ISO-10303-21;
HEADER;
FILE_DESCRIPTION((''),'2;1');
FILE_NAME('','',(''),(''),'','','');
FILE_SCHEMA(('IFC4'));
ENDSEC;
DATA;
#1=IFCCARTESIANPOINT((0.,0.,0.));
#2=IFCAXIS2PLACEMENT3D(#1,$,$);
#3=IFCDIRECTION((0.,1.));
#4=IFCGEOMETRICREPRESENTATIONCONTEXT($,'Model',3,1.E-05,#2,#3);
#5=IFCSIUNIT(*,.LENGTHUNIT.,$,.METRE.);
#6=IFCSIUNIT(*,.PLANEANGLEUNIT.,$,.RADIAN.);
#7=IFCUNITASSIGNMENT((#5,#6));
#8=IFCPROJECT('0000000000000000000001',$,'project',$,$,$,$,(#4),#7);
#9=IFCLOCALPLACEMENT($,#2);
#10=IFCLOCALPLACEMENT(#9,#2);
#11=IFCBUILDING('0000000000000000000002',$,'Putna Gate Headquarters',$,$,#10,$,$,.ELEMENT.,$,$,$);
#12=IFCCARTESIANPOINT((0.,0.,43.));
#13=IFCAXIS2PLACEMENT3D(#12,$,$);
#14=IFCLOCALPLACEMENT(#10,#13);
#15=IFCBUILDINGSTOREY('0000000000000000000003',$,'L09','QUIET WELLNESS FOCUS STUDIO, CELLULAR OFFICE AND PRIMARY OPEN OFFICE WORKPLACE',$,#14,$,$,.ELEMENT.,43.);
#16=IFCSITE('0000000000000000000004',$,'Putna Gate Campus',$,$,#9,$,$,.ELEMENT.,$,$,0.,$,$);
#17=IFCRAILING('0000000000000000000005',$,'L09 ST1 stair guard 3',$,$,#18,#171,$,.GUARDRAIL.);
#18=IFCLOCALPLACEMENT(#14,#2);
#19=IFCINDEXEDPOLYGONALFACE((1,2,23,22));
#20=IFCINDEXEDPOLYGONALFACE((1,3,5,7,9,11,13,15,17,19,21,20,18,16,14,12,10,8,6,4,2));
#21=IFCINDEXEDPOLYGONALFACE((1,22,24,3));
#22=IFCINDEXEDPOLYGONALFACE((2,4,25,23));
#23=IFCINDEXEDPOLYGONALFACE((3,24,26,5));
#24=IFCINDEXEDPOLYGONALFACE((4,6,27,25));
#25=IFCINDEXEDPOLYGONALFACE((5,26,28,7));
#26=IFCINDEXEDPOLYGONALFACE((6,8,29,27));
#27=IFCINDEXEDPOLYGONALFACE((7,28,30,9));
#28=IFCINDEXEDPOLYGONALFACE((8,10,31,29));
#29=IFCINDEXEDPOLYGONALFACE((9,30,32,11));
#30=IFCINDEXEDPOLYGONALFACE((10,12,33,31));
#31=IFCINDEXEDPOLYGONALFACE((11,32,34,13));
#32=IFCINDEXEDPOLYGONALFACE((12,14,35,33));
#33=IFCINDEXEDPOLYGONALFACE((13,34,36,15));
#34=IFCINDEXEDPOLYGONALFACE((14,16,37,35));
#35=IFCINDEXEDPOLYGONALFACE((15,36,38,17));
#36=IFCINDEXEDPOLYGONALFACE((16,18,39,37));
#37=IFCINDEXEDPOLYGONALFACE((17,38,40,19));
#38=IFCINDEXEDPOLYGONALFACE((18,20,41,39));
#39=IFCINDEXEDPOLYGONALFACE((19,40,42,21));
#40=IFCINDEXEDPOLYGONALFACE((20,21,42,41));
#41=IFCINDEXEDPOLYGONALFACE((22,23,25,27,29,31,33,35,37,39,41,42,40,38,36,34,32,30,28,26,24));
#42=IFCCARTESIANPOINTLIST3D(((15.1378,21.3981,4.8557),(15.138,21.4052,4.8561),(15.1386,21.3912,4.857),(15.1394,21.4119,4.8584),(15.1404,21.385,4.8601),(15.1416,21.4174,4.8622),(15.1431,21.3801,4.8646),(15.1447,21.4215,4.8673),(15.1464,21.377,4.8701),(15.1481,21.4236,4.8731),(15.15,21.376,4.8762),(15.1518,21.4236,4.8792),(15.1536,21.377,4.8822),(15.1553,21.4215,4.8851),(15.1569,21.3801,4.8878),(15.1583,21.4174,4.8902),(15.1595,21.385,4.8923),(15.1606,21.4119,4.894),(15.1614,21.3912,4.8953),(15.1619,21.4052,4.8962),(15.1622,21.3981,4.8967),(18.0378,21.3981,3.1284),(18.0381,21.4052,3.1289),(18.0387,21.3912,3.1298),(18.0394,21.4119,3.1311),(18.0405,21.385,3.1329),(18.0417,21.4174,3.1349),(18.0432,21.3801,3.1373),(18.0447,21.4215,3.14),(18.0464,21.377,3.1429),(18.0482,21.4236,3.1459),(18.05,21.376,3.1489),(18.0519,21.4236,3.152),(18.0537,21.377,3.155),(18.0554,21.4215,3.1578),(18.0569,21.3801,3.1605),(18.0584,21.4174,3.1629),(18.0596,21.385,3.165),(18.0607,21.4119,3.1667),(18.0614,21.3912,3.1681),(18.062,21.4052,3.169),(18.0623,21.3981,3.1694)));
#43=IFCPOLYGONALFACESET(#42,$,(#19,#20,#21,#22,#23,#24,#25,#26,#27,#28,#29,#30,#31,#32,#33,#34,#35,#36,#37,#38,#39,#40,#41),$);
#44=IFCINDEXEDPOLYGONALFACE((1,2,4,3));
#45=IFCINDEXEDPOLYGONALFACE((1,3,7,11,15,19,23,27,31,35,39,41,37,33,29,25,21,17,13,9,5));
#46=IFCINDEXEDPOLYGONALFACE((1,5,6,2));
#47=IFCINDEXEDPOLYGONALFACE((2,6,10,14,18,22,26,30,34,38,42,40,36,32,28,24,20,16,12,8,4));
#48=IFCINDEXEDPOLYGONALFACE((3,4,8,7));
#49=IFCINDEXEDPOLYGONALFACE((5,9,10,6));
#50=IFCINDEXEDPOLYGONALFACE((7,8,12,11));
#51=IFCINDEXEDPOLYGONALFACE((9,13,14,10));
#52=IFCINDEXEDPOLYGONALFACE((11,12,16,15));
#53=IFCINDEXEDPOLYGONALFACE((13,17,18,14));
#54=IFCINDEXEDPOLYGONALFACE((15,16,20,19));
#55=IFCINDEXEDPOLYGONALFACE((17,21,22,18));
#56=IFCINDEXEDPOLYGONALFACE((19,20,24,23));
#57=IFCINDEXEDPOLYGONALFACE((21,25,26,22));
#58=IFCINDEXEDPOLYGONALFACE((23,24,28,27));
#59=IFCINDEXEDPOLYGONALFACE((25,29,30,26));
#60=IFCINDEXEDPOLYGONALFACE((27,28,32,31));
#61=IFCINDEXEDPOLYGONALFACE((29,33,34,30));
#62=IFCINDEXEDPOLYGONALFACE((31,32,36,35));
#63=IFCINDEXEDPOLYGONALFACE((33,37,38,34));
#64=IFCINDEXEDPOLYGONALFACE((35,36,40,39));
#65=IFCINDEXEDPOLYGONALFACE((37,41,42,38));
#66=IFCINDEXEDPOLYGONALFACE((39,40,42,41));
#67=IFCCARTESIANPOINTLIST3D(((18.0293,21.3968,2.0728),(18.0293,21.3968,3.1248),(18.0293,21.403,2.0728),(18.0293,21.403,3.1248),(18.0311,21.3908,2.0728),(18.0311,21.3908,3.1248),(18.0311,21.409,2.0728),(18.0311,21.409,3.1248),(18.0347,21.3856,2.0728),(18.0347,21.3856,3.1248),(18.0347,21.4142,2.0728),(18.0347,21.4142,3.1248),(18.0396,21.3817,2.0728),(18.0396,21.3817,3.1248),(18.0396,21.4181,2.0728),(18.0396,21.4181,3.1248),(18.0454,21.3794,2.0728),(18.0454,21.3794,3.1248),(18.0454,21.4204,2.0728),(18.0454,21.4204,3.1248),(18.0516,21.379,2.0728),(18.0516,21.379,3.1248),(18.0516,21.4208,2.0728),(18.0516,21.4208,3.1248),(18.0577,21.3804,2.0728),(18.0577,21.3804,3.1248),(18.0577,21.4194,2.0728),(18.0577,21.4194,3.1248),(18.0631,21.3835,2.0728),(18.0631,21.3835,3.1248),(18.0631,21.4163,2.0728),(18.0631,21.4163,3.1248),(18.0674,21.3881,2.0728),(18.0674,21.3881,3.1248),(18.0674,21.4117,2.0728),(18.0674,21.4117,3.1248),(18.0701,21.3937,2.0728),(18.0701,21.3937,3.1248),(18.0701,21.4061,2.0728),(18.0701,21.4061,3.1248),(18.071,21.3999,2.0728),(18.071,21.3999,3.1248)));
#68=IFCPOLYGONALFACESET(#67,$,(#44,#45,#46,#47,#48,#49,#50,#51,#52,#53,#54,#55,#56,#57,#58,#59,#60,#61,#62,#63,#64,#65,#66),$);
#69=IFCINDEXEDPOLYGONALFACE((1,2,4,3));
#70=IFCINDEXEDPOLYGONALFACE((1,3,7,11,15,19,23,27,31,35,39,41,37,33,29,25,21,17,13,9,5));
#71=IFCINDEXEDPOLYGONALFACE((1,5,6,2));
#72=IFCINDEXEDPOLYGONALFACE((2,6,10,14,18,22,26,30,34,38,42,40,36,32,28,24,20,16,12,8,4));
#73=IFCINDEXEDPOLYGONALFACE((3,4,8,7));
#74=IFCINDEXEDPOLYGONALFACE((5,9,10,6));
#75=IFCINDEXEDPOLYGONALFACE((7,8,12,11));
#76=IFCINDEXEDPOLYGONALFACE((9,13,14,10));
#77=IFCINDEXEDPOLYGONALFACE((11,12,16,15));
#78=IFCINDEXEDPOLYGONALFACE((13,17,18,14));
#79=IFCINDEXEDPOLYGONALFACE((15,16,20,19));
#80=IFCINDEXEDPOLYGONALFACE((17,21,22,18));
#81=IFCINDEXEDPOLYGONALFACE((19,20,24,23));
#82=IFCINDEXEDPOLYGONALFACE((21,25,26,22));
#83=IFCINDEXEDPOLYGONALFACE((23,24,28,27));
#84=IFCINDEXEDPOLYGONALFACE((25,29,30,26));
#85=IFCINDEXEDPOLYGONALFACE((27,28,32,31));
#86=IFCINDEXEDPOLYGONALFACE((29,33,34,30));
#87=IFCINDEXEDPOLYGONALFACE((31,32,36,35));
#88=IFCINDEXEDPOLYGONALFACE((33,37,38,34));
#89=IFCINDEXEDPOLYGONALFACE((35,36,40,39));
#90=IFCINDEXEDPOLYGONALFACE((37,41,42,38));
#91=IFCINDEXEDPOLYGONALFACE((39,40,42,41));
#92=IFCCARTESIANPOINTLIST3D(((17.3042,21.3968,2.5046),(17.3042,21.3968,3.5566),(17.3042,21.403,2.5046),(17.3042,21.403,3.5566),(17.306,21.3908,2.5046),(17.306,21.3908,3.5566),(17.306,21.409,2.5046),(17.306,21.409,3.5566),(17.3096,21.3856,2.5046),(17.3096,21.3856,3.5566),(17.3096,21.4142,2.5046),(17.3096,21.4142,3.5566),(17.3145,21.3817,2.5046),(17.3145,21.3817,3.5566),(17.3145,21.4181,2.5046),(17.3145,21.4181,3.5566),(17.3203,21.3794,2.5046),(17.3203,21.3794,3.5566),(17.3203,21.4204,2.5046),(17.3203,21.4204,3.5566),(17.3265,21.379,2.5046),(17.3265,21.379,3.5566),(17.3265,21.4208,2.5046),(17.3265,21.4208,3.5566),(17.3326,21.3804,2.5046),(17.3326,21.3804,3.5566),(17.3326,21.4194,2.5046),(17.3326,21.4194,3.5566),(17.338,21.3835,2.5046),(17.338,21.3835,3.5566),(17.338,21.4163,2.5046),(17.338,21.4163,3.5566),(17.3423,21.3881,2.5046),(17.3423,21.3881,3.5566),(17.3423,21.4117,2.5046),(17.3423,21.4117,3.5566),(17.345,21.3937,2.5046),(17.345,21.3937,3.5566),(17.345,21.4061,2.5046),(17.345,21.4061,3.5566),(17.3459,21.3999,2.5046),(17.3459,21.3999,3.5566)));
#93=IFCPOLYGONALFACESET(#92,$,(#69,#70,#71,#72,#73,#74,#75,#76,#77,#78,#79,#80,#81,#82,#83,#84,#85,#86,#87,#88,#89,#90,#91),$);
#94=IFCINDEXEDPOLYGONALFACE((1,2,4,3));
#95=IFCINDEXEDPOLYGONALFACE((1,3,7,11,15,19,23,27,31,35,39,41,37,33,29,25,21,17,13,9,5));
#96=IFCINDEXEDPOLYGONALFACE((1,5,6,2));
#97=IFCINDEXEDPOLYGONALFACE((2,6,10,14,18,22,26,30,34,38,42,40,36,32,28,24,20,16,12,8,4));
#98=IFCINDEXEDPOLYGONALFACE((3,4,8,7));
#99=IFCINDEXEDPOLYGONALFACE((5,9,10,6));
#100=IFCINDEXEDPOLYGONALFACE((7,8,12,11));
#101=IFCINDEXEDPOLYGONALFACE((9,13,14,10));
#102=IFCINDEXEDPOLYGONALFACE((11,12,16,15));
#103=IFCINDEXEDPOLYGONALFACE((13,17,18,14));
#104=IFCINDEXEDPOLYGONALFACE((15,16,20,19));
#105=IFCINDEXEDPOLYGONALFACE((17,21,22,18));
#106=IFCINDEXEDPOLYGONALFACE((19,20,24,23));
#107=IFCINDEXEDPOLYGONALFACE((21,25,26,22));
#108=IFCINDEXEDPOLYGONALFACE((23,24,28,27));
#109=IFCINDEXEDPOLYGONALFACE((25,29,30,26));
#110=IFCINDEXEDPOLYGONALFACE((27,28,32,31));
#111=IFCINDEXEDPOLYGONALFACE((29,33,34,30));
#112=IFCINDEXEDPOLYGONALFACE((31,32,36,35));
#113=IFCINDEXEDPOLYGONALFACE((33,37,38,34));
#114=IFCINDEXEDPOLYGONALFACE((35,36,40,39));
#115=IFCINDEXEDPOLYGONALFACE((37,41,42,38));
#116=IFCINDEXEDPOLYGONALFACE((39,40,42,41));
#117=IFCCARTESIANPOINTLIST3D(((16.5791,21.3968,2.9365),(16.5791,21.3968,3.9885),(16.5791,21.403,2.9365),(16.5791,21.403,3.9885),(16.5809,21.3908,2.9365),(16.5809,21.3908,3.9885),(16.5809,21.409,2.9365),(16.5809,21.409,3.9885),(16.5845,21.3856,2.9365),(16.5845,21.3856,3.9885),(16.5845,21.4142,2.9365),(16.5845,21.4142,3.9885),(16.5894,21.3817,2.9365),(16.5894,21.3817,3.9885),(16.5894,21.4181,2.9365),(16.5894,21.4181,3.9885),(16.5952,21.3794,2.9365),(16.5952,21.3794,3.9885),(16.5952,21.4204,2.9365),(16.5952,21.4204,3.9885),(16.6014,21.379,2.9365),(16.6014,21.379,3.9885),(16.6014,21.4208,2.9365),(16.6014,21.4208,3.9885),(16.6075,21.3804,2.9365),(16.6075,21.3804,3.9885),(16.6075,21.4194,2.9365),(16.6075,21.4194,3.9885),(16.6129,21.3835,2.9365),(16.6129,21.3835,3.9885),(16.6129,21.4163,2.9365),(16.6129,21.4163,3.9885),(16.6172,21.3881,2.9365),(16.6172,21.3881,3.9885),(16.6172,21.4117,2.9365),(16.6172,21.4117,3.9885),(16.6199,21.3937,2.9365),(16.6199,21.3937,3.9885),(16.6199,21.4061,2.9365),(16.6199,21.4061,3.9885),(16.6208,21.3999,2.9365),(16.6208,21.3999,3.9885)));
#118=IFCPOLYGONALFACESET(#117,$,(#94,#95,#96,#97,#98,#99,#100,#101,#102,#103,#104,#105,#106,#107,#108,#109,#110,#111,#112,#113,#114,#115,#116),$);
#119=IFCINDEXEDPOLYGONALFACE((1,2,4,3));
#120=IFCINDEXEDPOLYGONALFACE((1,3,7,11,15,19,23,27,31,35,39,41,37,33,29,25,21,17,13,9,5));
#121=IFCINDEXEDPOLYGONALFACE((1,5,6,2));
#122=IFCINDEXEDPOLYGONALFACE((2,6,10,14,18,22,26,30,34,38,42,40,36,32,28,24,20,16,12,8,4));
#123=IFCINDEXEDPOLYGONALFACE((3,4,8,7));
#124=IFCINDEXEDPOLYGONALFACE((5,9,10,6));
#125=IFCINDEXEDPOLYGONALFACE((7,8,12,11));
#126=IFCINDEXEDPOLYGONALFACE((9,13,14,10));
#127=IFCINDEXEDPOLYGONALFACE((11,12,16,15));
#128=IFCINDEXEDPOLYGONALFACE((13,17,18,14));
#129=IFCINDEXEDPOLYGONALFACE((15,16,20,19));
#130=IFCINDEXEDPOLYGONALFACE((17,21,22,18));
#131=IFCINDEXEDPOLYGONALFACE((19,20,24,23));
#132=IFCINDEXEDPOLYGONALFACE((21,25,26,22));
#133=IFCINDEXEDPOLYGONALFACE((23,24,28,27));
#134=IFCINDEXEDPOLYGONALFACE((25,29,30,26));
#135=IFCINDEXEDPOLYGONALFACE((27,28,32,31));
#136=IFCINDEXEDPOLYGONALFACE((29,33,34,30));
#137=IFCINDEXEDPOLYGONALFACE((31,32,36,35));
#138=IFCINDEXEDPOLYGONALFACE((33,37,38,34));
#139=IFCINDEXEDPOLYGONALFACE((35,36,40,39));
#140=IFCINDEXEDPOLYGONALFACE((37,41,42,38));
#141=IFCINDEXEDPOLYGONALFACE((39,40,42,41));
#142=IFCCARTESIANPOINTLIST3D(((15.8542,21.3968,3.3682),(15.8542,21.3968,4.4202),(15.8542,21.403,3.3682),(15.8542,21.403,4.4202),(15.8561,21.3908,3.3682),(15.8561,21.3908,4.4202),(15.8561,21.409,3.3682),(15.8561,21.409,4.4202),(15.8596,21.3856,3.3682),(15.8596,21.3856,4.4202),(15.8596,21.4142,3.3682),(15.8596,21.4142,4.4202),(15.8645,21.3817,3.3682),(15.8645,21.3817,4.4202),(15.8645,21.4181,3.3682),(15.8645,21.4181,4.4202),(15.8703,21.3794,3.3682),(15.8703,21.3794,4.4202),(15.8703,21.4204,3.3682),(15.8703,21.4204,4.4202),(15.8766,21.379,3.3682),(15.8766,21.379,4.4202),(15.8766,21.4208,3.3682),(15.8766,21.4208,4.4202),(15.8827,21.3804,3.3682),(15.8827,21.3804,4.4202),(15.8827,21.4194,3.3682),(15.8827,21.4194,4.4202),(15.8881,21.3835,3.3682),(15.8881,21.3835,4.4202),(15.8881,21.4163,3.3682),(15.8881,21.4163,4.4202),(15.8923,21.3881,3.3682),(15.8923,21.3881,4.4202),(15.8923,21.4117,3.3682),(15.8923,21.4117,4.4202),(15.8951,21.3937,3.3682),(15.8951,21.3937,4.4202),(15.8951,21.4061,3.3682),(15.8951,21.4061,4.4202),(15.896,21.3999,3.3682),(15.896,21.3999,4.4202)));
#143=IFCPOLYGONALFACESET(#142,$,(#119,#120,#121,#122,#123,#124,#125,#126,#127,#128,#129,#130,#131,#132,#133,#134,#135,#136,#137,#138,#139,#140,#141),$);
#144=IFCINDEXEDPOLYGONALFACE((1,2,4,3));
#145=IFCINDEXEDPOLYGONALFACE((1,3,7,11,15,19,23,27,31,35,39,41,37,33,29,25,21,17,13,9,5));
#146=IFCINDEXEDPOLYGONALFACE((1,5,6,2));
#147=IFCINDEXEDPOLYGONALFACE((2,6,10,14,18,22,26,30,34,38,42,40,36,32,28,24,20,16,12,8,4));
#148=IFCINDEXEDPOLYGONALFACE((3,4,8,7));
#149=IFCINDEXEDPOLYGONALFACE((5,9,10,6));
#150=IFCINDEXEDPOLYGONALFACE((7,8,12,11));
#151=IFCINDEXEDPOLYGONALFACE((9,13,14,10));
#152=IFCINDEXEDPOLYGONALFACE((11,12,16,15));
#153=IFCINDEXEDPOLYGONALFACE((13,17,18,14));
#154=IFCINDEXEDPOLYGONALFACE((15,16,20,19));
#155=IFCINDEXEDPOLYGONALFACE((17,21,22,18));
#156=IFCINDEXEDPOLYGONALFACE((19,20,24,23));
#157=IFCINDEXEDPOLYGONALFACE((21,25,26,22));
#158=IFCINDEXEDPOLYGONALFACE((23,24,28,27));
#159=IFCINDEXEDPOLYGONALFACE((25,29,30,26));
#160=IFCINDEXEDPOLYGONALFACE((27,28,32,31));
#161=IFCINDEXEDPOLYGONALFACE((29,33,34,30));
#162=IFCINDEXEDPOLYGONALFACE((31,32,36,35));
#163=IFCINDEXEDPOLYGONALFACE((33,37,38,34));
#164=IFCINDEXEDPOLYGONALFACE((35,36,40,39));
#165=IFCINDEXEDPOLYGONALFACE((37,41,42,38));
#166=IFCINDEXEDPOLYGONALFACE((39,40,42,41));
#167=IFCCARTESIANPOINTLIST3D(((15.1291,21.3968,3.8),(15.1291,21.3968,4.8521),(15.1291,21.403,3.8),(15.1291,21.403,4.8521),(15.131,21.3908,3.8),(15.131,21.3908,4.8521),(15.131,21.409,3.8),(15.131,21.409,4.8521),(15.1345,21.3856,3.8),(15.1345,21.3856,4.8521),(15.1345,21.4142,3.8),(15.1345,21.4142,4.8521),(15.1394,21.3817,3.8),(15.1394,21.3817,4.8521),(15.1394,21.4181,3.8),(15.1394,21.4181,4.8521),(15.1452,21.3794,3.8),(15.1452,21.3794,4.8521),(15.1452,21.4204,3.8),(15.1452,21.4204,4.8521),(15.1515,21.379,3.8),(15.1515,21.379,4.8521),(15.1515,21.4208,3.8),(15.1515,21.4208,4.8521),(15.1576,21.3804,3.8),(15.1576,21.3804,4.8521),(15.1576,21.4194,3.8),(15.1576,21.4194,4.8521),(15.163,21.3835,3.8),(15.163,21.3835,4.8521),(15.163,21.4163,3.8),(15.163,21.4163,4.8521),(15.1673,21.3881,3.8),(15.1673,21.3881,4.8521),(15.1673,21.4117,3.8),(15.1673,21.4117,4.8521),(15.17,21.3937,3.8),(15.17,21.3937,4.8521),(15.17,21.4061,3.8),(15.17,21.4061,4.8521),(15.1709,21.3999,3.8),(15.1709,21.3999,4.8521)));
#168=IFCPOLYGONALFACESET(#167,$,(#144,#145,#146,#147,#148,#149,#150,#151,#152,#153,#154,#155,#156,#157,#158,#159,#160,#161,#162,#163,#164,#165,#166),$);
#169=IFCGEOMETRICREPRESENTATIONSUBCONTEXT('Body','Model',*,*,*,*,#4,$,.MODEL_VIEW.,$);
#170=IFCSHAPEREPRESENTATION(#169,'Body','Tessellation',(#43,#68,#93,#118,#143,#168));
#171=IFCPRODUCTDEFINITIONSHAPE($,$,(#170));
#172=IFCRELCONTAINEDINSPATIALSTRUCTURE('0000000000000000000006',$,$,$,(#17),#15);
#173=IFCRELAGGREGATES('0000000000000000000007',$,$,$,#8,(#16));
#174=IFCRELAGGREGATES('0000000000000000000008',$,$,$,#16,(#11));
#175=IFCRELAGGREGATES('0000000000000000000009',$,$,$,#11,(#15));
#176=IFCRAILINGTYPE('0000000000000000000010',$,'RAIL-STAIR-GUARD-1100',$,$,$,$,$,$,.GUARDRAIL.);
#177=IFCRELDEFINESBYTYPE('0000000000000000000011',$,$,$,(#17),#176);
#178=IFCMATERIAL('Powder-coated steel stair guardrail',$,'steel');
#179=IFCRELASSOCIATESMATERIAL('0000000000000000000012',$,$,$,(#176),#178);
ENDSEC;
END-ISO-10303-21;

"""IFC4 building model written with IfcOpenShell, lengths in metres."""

from ifc_helpers import new_model, si_unit, direction, frame, origin, origin_2d, place, context, subcontext, project, spatial, circle, extrude, material, type_object, element, save


model = new_model("IFC4")

# Units and contexts
model_context = context("Model", 3, precision=1e-05, world=origin(), true_north=direction((0.0, 1.0)))
body_context = subcontext(model_context, "Body", "Model", "MODEL_VIEW")
ifc_project = project(units=[si_unit("LENGTHUNIT", "METRE"), si_unit("PLANEANGLEUNIT", "RADIAN")], contexts=[model_context])

# Site, building, storey
site_placement = place(None, origin())
site = spatial("IfcSite", under=ifc_project, at=site_placement, Name="Putna Gate Campus", CompositionType="ELEMENT", RefElevation=0.0)
building_placement = place(site_placement, origin())
building = spatial("IfcBuilding", under=site, at=building_placement, Name="Putna Gate Headquarters", CompositionType="ELEMENT")
storey_placement = place(building_placement, frame((0.0, 0.0, 43.0)))
storey = spatial("IfcBuildingStorey", under=building, at=storey_placement, Name="L09", Description="QUIET WELLNESS FOCUS STUDIO, CELLULAR OFFICE AND PRIMARY OPEN OFFICE WORKPLACE", CompositionType="ELEMENT", Elevation=43.0)

# Railing
ifc_material_1 = material(Name="Powder-coated steel stair guardrail", Category="steel")
railing_type_1 = type_object("IfcRailingType", Name="RAIL-STAIR-GUARD-1100", PredefinedType="GUARDRAIL", material=ifc_material_1)
railing_1_placement = place(storey_placement, frame((18.05, 21.3999, 2.0728)))
element("IfcRailing", 1, at=railing_1_placement, inside=storey, type_object=railing_type_1, Name="L09 ST1 stair guard 3", PredefinedType="GUARDRAIL", context=body_context, shape_type="SweptSolid", body=[
    extrude(circle(Radius=0.0239, at=origin_2d()), frame((0.0, 0.0, 1.0762), z_axis=(-0.85916, 0.0, 0.511706), x_axis=(0.0, -1.0, 0.0)), (0.0, 0.0, 1.0), 3.3755),
    extrude(circle(Radius=0.021, at=origin_2d()), origin(), (0.0, 0.0, 1.0), 1.052),
    extrude(circle(Radius=0.021, at=origin_2d()), frame((-0.7251, 0.0, 0.4319)), (0.0, 0.0, 1.0), 1.052),
    extrude(circle(Radius=0.021, at=origin_2d()), frame((-1.4502, 0.0, 0.8638)), (0.0, 0.0, 1.0), 1.052),
    extrude(circle(Radius=0.021, at=origin_2d()), frame((-2.175, 0.0, 1.2954)), (0.0, 0.0, 1.0), 1.052),
    extrude(circle(Radius=0.021, at=origin_2d()), frame((-2.9001, 0.0, 1.7273)), (0.0, 0.0, 1.0), 1.052),
])

save(model, "model.ifc")
